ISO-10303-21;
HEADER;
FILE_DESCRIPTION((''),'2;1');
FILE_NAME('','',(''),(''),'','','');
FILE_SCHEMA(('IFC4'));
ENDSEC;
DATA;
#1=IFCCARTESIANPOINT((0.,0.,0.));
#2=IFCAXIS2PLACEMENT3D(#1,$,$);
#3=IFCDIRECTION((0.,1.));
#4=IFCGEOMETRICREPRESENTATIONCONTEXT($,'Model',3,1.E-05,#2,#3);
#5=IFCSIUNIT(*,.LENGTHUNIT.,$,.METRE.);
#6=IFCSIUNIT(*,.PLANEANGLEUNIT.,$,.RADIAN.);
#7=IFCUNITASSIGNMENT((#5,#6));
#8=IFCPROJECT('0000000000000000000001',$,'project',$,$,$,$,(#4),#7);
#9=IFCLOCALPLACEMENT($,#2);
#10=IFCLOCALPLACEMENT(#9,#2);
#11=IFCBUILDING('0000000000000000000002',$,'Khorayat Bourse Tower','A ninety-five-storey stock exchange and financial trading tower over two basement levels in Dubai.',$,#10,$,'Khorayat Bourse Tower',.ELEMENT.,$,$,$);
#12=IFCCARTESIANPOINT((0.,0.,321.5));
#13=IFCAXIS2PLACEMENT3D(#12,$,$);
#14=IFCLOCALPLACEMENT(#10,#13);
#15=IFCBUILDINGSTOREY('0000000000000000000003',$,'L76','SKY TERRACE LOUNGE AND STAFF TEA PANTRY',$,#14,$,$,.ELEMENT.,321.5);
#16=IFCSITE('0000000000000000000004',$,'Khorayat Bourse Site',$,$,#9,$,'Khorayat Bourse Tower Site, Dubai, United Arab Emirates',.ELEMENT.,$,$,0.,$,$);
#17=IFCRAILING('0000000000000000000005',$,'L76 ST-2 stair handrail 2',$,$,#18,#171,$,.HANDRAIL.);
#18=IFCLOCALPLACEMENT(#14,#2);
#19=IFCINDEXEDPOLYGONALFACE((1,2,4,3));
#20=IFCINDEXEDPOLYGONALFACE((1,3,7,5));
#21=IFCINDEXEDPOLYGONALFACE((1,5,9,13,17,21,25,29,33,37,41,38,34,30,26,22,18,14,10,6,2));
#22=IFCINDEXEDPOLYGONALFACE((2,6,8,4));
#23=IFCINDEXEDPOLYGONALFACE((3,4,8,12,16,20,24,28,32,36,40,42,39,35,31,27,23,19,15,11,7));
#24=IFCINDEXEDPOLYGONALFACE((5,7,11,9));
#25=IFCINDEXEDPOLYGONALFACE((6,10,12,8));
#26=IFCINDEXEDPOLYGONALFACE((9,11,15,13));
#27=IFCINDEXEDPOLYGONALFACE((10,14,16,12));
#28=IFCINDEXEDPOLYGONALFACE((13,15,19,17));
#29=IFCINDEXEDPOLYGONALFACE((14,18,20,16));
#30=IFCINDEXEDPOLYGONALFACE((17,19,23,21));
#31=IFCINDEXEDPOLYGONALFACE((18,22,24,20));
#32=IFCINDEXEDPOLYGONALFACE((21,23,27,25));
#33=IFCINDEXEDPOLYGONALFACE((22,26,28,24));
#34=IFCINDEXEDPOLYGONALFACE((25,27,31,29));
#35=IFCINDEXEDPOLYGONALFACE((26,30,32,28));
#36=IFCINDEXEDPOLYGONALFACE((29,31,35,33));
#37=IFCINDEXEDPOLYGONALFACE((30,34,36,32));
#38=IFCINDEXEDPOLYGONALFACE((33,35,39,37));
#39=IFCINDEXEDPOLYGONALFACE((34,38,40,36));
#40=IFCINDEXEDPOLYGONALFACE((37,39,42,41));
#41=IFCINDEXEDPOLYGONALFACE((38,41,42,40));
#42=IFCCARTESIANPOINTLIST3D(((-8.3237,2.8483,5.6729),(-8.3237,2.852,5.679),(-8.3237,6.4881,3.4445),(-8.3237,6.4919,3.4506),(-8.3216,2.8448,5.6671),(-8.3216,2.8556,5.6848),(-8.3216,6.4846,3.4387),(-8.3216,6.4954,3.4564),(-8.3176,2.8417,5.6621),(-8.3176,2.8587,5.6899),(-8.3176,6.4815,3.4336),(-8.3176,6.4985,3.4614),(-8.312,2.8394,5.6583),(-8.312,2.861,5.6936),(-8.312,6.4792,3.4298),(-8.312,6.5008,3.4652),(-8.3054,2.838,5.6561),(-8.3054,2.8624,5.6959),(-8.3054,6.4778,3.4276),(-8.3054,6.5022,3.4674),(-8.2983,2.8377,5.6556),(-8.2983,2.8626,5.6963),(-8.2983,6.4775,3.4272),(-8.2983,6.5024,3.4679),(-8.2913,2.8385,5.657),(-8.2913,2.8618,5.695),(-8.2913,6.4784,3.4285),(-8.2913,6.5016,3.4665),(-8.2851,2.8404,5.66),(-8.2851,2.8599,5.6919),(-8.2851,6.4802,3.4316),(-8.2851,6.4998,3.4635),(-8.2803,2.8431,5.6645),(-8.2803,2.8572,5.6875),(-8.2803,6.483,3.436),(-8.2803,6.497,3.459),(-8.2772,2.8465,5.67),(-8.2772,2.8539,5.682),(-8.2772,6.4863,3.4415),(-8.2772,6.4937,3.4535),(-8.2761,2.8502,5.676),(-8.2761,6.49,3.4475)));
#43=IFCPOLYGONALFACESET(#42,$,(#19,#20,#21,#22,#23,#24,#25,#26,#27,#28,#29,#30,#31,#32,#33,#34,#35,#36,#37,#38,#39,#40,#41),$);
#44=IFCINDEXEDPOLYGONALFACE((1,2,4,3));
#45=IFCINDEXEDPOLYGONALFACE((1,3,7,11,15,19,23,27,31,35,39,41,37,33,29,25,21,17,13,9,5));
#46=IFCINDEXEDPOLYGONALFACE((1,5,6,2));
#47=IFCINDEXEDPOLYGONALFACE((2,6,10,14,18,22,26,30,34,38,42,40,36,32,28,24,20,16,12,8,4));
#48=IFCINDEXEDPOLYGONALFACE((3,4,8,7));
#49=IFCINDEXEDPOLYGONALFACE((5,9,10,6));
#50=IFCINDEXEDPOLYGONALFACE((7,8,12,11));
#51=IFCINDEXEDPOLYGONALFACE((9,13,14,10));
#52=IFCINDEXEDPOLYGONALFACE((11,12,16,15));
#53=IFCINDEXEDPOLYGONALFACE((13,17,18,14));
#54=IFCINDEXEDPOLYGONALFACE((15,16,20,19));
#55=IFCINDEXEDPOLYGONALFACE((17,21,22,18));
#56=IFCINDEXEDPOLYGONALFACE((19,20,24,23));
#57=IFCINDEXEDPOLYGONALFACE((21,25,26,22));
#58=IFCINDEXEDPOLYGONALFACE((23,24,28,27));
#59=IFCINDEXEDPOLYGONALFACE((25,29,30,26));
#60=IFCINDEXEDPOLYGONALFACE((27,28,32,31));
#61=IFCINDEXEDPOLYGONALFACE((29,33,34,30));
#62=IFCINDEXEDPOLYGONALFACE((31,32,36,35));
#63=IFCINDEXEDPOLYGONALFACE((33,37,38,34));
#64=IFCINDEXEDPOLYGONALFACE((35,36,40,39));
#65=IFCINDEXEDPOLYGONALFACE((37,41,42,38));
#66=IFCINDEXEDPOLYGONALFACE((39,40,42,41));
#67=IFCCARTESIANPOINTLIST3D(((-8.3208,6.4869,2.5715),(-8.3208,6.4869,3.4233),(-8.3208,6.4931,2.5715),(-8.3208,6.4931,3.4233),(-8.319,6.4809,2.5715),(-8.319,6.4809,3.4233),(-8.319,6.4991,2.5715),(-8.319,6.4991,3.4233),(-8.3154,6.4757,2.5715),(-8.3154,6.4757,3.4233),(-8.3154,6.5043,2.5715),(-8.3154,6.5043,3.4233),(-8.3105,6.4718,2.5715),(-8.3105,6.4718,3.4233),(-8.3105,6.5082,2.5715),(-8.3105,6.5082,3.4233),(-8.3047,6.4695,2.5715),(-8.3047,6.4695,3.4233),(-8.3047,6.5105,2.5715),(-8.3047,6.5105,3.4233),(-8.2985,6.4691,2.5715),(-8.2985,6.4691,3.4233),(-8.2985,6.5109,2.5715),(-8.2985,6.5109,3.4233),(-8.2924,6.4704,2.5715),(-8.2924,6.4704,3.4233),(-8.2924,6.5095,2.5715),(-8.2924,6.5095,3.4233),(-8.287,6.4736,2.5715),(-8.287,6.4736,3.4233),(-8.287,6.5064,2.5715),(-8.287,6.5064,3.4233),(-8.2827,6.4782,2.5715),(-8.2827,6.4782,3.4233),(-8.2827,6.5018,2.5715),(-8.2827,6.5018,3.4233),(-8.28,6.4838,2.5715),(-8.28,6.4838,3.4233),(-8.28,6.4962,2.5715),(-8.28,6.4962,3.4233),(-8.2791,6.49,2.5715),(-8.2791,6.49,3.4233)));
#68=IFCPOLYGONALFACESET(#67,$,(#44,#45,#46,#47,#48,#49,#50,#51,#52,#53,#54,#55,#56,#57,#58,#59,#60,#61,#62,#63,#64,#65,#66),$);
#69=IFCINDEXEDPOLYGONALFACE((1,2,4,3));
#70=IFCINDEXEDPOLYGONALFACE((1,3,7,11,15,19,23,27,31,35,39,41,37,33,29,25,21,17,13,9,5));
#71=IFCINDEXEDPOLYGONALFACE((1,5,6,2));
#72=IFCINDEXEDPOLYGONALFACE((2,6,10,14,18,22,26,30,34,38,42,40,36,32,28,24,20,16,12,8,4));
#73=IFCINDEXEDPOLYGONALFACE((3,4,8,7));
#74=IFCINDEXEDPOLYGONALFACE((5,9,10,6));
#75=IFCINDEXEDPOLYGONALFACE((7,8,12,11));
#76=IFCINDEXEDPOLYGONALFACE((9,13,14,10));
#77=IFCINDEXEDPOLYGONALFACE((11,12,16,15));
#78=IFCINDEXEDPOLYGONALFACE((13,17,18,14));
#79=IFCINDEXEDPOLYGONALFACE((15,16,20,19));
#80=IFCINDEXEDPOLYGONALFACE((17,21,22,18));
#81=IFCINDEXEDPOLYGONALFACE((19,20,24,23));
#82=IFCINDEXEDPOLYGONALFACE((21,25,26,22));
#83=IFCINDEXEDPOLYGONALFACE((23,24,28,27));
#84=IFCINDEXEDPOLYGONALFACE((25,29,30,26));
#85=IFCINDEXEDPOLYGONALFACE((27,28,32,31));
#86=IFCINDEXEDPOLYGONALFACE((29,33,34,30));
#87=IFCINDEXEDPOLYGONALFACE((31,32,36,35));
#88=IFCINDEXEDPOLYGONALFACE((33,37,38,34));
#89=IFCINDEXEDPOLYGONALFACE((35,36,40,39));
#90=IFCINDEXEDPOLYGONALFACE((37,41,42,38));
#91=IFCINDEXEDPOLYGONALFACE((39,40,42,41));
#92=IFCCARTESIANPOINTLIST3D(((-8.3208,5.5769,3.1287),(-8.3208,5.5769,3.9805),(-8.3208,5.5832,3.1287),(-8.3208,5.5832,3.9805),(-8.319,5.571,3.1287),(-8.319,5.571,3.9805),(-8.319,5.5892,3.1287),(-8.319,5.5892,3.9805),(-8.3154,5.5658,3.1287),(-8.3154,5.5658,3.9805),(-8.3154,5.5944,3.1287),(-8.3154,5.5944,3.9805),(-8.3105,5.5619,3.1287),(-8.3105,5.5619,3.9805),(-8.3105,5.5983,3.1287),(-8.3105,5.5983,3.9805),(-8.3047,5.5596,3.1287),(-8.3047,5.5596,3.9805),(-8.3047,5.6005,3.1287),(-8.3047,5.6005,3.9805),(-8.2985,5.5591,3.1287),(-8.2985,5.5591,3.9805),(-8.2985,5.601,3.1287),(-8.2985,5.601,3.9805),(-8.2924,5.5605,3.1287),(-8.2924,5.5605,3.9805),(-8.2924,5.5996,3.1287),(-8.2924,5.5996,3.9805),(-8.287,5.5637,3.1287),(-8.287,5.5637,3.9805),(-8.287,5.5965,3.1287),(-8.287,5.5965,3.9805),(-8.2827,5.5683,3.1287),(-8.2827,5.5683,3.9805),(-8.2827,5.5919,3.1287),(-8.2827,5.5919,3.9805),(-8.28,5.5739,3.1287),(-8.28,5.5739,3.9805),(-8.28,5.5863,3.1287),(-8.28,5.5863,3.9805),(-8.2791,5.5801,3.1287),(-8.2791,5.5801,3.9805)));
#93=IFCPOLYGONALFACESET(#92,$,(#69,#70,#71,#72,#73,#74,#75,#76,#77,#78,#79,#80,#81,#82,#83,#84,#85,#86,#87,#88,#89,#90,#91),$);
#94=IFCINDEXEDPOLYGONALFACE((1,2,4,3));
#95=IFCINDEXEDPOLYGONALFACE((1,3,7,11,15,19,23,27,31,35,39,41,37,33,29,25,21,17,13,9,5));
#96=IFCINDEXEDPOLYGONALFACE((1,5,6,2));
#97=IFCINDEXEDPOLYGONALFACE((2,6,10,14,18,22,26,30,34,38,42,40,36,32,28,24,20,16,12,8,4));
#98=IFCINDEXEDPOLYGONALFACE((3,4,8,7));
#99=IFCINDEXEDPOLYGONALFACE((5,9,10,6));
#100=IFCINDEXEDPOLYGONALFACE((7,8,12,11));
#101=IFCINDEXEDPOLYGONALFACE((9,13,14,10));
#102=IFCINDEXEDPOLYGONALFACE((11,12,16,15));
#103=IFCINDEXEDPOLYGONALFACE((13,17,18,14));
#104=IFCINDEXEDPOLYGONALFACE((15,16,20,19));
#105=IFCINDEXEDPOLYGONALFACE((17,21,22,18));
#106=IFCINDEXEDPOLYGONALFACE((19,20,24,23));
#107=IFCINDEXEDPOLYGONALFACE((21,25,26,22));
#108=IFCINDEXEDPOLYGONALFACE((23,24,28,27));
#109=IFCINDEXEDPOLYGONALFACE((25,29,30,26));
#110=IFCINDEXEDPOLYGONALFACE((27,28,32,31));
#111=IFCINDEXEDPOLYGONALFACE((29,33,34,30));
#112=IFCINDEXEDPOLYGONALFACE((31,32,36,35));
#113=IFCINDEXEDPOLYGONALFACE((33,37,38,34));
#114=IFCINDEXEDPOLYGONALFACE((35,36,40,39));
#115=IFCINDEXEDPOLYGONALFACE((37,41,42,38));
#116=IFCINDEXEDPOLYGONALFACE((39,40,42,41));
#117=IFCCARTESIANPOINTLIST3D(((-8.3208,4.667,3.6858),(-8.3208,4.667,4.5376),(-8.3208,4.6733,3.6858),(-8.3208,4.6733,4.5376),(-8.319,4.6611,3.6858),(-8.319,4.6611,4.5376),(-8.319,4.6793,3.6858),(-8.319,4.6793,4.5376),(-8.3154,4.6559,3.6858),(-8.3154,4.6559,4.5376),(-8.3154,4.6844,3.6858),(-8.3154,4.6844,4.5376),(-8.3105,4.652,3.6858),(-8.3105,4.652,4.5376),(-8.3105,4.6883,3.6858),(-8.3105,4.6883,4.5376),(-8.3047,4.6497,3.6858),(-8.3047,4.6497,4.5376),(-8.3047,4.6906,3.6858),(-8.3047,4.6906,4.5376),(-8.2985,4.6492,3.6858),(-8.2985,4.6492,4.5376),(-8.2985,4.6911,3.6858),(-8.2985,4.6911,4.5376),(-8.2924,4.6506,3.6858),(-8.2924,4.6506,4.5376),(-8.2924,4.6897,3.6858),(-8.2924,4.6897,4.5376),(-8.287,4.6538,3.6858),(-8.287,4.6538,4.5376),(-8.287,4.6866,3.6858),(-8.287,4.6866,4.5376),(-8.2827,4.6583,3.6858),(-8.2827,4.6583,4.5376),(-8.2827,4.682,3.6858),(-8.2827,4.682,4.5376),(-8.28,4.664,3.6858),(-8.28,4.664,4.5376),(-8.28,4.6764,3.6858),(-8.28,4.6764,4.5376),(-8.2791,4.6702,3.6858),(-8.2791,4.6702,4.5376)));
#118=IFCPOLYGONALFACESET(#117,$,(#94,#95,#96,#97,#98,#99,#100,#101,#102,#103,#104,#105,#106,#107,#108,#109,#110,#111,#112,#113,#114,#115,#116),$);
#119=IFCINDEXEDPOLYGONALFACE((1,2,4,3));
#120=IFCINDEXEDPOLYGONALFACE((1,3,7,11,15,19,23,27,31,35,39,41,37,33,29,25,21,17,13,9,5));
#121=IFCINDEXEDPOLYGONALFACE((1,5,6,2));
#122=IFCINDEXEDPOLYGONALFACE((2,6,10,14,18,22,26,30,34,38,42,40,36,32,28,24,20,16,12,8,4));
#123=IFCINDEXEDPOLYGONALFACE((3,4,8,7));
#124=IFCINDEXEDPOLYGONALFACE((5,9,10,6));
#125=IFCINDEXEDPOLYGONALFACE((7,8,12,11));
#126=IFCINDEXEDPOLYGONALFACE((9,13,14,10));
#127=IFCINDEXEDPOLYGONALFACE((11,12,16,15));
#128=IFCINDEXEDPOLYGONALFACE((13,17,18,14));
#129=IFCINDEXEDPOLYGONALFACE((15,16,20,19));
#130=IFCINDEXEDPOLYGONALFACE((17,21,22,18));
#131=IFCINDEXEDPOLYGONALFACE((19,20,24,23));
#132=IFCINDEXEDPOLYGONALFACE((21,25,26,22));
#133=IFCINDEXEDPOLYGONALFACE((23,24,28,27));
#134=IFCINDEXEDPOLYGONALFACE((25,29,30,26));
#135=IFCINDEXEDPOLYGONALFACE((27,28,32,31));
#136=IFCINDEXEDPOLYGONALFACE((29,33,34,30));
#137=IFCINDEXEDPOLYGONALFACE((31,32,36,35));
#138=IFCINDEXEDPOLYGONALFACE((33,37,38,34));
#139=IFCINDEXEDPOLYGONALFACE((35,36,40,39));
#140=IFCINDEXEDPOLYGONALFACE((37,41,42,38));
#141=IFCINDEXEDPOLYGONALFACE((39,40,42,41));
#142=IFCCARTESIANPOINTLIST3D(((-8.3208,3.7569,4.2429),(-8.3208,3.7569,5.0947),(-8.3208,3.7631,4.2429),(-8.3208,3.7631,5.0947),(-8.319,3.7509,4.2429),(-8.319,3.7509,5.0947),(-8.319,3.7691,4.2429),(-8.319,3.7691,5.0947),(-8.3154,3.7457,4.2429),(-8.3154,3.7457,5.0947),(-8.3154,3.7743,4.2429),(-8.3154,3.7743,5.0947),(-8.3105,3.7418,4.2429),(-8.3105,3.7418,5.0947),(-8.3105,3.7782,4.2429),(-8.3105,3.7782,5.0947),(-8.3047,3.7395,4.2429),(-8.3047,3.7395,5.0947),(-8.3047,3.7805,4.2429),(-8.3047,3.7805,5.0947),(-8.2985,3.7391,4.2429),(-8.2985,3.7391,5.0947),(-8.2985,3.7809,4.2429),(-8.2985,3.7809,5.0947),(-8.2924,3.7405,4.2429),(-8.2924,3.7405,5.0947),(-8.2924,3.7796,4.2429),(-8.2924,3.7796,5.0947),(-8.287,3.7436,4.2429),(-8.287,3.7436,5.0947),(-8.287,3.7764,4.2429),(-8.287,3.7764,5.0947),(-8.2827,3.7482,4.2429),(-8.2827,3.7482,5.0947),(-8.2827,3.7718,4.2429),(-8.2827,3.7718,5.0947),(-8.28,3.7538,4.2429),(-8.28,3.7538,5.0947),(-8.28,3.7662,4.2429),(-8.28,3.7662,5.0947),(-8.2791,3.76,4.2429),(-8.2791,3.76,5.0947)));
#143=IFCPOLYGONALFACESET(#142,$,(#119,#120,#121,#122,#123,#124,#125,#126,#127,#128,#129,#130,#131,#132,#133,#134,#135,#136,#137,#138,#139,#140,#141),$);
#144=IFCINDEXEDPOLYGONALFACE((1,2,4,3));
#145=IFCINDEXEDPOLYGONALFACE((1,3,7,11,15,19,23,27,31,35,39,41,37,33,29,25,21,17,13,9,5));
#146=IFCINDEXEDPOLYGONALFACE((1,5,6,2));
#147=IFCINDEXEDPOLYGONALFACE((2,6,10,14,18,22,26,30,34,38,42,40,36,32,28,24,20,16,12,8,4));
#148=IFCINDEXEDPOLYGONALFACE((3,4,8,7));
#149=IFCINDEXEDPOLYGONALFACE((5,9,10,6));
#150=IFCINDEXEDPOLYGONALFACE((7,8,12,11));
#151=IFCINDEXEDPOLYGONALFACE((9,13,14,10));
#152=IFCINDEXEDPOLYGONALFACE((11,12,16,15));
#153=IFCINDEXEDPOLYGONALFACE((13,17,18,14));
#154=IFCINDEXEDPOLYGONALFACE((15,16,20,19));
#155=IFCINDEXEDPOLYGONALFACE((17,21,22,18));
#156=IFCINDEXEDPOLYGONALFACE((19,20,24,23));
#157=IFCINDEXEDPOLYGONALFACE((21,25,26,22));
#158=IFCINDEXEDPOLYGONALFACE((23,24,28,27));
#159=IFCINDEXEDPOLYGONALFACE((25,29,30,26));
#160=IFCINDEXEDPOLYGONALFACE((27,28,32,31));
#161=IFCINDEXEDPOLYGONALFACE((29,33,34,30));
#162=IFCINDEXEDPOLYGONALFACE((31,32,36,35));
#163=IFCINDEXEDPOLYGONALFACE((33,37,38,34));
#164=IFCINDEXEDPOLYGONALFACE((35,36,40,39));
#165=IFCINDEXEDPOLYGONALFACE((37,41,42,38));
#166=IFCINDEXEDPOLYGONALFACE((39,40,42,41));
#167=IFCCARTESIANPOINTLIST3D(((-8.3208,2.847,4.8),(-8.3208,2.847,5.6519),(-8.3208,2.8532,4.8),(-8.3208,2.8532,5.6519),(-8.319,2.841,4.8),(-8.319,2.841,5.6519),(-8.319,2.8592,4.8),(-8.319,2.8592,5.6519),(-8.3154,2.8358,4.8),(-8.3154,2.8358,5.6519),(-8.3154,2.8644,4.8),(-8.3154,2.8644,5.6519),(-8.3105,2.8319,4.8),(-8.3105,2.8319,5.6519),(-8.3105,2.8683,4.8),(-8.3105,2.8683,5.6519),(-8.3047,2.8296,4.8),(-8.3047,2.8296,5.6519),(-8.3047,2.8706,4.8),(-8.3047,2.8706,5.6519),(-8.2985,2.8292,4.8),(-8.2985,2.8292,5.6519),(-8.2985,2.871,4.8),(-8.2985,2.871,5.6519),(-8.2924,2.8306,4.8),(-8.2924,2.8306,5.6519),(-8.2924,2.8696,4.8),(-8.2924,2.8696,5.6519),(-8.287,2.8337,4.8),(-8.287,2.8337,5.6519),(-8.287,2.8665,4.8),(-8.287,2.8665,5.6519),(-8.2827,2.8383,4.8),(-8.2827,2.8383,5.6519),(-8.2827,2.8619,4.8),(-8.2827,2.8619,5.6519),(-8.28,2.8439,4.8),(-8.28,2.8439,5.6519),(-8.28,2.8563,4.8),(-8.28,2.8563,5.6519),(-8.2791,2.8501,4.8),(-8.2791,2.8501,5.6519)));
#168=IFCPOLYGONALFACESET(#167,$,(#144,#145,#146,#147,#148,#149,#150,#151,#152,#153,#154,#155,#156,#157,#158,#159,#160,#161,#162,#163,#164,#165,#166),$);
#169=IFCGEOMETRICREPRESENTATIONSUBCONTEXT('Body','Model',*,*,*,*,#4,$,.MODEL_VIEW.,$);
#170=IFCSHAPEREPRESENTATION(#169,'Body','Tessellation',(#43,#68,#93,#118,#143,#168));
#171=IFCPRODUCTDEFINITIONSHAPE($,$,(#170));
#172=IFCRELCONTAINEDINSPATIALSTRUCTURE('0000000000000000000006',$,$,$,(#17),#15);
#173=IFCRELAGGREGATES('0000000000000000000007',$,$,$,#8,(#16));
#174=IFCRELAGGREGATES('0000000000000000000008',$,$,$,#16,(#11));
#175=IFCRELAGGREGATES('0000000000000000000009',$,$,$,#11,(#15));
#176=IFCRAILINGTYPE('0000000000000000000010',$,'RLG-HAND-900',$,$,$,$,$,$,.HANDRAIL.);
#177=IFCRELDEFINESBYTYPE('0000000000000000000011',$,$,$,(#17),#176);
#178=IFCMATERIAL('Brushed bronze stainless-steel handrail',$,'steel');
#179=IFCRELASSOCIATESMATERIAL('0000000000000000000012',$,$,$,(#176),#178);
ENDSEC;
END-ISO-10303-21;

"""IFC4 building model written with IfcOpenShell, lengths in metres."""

from ifc_helpers import new_model, si_unit, direction, frame, origin, origin_2d, place, context, subcontext, project, spatial, circle, extrude, source, transform, mapped, material, type_object, element, save


model = new_model("IFC4")

# Units and contexts
model_context = context("Model", 3, precision=1e-05, world=origin(), true_north=direction((0.0, 1.0)))
body_context = subcontext(model_context, "Body", "Model", "MODEL_VIEW")
ifc_project = project(units=[si_unit("LENGTHUNIT", "METRE"), si_unit("PLANEANGLEUNIT", "RADIAN")], contexts=[model_context])

# Site, building, storey
site_placement = place(None, origin())
site = spatial("IfcSite", under=ifc_project, at=site_placement, Name="Khorayat Bourse Site", LongName="Khorayat Bourse Tower Site, Dubai, United Arab Emirates", CompositionType="ELEMENT", RefElevation=0.0)
building_placement = place(site_placement, origin())
building = spatial("IfcBuilding", under=site, at=building_placement, Name="Khorayat Bourse Tower", Description="A ninety-five-storey stock exchange and financial trading tower over two basement levels in Dubai.", LongName="Khorayat Bourse Tower", CompositionType="ELEMENT")
storey_placement = place(building_placement, frame((0.0, 0.0, 321.5)))
storey = spatial("IfcBuildingStorey", under=building, at=storey_placement, Name="L76", Description="SKY TERRACE LOUNGE AND STAFF TEA PANTRY", CompositionType="ELEMENT", Elevation=321.5)

# Railing
ifc_material_1 = material(Name="Brushed bronze stainless-steel handrail", Category="steel")
railing_type_1 = type_object("IfcRailingType", Name="RLG-HAND-900", PredefinedType="HANDRAIL", material=ifc_material_1)
shared_shape_1 = source(origin(), body_context, "Body", "SweptSolid", [
    extrude(circle(Radius=0.0239, at=origin_2d()), frame((0.0, 0.0, 0.876), z_axis=(0.0, -0.85285, 0.522156), x_axis=(1.0, 0.0, 0.0)), (0.0, 0.0, 1.0), 4.2678),
    extrude(circle(Radius=0.021, at=origin_2d()), origin(), (0.0, 0.0, 1.0), 0.8518),
    extrude(circle(Radius=0.021, at=origin_2d()), frame((0.0, -0.9099, 0.5571)), (0.0, 0.0, 1.0), 0.8518),
    extrude(circle(Radius=0.021, at=origin_2d()), frame((0.0, -1.8198, 1.1143)), (0.0, 0.0, 1.0), 0.8518),
    extrude(circle(Radius=0.021, at=origin_2d()), frame((0.0, -2.73, 1.6714)), (0.0, 0.0, 1.0), 0.8518),
    extrude(circle(Radius=0.021, at=origin_2d()), frame((0.0, -3.6399, 2.2285)), (0.0, 0.0, 1.0), 0.8518),
])
railing_1_placement = place(storey_placement, frame((-8.3, 6.49, 2.5715)))
element("IfcRailing", 1, at=railing_1_placement, inside=storey, type_object=railing_type_1, Name="L76 ST-2 stair handrail 2", PredefinedType="HANDRAIL", context=body_context, shape_type="MappedRepresentation", body=[
    mapped(shared_shape_1, transform((0.0, 0.0, 0.0), scale=1.0)),
])

save(model, "model.ifc")
